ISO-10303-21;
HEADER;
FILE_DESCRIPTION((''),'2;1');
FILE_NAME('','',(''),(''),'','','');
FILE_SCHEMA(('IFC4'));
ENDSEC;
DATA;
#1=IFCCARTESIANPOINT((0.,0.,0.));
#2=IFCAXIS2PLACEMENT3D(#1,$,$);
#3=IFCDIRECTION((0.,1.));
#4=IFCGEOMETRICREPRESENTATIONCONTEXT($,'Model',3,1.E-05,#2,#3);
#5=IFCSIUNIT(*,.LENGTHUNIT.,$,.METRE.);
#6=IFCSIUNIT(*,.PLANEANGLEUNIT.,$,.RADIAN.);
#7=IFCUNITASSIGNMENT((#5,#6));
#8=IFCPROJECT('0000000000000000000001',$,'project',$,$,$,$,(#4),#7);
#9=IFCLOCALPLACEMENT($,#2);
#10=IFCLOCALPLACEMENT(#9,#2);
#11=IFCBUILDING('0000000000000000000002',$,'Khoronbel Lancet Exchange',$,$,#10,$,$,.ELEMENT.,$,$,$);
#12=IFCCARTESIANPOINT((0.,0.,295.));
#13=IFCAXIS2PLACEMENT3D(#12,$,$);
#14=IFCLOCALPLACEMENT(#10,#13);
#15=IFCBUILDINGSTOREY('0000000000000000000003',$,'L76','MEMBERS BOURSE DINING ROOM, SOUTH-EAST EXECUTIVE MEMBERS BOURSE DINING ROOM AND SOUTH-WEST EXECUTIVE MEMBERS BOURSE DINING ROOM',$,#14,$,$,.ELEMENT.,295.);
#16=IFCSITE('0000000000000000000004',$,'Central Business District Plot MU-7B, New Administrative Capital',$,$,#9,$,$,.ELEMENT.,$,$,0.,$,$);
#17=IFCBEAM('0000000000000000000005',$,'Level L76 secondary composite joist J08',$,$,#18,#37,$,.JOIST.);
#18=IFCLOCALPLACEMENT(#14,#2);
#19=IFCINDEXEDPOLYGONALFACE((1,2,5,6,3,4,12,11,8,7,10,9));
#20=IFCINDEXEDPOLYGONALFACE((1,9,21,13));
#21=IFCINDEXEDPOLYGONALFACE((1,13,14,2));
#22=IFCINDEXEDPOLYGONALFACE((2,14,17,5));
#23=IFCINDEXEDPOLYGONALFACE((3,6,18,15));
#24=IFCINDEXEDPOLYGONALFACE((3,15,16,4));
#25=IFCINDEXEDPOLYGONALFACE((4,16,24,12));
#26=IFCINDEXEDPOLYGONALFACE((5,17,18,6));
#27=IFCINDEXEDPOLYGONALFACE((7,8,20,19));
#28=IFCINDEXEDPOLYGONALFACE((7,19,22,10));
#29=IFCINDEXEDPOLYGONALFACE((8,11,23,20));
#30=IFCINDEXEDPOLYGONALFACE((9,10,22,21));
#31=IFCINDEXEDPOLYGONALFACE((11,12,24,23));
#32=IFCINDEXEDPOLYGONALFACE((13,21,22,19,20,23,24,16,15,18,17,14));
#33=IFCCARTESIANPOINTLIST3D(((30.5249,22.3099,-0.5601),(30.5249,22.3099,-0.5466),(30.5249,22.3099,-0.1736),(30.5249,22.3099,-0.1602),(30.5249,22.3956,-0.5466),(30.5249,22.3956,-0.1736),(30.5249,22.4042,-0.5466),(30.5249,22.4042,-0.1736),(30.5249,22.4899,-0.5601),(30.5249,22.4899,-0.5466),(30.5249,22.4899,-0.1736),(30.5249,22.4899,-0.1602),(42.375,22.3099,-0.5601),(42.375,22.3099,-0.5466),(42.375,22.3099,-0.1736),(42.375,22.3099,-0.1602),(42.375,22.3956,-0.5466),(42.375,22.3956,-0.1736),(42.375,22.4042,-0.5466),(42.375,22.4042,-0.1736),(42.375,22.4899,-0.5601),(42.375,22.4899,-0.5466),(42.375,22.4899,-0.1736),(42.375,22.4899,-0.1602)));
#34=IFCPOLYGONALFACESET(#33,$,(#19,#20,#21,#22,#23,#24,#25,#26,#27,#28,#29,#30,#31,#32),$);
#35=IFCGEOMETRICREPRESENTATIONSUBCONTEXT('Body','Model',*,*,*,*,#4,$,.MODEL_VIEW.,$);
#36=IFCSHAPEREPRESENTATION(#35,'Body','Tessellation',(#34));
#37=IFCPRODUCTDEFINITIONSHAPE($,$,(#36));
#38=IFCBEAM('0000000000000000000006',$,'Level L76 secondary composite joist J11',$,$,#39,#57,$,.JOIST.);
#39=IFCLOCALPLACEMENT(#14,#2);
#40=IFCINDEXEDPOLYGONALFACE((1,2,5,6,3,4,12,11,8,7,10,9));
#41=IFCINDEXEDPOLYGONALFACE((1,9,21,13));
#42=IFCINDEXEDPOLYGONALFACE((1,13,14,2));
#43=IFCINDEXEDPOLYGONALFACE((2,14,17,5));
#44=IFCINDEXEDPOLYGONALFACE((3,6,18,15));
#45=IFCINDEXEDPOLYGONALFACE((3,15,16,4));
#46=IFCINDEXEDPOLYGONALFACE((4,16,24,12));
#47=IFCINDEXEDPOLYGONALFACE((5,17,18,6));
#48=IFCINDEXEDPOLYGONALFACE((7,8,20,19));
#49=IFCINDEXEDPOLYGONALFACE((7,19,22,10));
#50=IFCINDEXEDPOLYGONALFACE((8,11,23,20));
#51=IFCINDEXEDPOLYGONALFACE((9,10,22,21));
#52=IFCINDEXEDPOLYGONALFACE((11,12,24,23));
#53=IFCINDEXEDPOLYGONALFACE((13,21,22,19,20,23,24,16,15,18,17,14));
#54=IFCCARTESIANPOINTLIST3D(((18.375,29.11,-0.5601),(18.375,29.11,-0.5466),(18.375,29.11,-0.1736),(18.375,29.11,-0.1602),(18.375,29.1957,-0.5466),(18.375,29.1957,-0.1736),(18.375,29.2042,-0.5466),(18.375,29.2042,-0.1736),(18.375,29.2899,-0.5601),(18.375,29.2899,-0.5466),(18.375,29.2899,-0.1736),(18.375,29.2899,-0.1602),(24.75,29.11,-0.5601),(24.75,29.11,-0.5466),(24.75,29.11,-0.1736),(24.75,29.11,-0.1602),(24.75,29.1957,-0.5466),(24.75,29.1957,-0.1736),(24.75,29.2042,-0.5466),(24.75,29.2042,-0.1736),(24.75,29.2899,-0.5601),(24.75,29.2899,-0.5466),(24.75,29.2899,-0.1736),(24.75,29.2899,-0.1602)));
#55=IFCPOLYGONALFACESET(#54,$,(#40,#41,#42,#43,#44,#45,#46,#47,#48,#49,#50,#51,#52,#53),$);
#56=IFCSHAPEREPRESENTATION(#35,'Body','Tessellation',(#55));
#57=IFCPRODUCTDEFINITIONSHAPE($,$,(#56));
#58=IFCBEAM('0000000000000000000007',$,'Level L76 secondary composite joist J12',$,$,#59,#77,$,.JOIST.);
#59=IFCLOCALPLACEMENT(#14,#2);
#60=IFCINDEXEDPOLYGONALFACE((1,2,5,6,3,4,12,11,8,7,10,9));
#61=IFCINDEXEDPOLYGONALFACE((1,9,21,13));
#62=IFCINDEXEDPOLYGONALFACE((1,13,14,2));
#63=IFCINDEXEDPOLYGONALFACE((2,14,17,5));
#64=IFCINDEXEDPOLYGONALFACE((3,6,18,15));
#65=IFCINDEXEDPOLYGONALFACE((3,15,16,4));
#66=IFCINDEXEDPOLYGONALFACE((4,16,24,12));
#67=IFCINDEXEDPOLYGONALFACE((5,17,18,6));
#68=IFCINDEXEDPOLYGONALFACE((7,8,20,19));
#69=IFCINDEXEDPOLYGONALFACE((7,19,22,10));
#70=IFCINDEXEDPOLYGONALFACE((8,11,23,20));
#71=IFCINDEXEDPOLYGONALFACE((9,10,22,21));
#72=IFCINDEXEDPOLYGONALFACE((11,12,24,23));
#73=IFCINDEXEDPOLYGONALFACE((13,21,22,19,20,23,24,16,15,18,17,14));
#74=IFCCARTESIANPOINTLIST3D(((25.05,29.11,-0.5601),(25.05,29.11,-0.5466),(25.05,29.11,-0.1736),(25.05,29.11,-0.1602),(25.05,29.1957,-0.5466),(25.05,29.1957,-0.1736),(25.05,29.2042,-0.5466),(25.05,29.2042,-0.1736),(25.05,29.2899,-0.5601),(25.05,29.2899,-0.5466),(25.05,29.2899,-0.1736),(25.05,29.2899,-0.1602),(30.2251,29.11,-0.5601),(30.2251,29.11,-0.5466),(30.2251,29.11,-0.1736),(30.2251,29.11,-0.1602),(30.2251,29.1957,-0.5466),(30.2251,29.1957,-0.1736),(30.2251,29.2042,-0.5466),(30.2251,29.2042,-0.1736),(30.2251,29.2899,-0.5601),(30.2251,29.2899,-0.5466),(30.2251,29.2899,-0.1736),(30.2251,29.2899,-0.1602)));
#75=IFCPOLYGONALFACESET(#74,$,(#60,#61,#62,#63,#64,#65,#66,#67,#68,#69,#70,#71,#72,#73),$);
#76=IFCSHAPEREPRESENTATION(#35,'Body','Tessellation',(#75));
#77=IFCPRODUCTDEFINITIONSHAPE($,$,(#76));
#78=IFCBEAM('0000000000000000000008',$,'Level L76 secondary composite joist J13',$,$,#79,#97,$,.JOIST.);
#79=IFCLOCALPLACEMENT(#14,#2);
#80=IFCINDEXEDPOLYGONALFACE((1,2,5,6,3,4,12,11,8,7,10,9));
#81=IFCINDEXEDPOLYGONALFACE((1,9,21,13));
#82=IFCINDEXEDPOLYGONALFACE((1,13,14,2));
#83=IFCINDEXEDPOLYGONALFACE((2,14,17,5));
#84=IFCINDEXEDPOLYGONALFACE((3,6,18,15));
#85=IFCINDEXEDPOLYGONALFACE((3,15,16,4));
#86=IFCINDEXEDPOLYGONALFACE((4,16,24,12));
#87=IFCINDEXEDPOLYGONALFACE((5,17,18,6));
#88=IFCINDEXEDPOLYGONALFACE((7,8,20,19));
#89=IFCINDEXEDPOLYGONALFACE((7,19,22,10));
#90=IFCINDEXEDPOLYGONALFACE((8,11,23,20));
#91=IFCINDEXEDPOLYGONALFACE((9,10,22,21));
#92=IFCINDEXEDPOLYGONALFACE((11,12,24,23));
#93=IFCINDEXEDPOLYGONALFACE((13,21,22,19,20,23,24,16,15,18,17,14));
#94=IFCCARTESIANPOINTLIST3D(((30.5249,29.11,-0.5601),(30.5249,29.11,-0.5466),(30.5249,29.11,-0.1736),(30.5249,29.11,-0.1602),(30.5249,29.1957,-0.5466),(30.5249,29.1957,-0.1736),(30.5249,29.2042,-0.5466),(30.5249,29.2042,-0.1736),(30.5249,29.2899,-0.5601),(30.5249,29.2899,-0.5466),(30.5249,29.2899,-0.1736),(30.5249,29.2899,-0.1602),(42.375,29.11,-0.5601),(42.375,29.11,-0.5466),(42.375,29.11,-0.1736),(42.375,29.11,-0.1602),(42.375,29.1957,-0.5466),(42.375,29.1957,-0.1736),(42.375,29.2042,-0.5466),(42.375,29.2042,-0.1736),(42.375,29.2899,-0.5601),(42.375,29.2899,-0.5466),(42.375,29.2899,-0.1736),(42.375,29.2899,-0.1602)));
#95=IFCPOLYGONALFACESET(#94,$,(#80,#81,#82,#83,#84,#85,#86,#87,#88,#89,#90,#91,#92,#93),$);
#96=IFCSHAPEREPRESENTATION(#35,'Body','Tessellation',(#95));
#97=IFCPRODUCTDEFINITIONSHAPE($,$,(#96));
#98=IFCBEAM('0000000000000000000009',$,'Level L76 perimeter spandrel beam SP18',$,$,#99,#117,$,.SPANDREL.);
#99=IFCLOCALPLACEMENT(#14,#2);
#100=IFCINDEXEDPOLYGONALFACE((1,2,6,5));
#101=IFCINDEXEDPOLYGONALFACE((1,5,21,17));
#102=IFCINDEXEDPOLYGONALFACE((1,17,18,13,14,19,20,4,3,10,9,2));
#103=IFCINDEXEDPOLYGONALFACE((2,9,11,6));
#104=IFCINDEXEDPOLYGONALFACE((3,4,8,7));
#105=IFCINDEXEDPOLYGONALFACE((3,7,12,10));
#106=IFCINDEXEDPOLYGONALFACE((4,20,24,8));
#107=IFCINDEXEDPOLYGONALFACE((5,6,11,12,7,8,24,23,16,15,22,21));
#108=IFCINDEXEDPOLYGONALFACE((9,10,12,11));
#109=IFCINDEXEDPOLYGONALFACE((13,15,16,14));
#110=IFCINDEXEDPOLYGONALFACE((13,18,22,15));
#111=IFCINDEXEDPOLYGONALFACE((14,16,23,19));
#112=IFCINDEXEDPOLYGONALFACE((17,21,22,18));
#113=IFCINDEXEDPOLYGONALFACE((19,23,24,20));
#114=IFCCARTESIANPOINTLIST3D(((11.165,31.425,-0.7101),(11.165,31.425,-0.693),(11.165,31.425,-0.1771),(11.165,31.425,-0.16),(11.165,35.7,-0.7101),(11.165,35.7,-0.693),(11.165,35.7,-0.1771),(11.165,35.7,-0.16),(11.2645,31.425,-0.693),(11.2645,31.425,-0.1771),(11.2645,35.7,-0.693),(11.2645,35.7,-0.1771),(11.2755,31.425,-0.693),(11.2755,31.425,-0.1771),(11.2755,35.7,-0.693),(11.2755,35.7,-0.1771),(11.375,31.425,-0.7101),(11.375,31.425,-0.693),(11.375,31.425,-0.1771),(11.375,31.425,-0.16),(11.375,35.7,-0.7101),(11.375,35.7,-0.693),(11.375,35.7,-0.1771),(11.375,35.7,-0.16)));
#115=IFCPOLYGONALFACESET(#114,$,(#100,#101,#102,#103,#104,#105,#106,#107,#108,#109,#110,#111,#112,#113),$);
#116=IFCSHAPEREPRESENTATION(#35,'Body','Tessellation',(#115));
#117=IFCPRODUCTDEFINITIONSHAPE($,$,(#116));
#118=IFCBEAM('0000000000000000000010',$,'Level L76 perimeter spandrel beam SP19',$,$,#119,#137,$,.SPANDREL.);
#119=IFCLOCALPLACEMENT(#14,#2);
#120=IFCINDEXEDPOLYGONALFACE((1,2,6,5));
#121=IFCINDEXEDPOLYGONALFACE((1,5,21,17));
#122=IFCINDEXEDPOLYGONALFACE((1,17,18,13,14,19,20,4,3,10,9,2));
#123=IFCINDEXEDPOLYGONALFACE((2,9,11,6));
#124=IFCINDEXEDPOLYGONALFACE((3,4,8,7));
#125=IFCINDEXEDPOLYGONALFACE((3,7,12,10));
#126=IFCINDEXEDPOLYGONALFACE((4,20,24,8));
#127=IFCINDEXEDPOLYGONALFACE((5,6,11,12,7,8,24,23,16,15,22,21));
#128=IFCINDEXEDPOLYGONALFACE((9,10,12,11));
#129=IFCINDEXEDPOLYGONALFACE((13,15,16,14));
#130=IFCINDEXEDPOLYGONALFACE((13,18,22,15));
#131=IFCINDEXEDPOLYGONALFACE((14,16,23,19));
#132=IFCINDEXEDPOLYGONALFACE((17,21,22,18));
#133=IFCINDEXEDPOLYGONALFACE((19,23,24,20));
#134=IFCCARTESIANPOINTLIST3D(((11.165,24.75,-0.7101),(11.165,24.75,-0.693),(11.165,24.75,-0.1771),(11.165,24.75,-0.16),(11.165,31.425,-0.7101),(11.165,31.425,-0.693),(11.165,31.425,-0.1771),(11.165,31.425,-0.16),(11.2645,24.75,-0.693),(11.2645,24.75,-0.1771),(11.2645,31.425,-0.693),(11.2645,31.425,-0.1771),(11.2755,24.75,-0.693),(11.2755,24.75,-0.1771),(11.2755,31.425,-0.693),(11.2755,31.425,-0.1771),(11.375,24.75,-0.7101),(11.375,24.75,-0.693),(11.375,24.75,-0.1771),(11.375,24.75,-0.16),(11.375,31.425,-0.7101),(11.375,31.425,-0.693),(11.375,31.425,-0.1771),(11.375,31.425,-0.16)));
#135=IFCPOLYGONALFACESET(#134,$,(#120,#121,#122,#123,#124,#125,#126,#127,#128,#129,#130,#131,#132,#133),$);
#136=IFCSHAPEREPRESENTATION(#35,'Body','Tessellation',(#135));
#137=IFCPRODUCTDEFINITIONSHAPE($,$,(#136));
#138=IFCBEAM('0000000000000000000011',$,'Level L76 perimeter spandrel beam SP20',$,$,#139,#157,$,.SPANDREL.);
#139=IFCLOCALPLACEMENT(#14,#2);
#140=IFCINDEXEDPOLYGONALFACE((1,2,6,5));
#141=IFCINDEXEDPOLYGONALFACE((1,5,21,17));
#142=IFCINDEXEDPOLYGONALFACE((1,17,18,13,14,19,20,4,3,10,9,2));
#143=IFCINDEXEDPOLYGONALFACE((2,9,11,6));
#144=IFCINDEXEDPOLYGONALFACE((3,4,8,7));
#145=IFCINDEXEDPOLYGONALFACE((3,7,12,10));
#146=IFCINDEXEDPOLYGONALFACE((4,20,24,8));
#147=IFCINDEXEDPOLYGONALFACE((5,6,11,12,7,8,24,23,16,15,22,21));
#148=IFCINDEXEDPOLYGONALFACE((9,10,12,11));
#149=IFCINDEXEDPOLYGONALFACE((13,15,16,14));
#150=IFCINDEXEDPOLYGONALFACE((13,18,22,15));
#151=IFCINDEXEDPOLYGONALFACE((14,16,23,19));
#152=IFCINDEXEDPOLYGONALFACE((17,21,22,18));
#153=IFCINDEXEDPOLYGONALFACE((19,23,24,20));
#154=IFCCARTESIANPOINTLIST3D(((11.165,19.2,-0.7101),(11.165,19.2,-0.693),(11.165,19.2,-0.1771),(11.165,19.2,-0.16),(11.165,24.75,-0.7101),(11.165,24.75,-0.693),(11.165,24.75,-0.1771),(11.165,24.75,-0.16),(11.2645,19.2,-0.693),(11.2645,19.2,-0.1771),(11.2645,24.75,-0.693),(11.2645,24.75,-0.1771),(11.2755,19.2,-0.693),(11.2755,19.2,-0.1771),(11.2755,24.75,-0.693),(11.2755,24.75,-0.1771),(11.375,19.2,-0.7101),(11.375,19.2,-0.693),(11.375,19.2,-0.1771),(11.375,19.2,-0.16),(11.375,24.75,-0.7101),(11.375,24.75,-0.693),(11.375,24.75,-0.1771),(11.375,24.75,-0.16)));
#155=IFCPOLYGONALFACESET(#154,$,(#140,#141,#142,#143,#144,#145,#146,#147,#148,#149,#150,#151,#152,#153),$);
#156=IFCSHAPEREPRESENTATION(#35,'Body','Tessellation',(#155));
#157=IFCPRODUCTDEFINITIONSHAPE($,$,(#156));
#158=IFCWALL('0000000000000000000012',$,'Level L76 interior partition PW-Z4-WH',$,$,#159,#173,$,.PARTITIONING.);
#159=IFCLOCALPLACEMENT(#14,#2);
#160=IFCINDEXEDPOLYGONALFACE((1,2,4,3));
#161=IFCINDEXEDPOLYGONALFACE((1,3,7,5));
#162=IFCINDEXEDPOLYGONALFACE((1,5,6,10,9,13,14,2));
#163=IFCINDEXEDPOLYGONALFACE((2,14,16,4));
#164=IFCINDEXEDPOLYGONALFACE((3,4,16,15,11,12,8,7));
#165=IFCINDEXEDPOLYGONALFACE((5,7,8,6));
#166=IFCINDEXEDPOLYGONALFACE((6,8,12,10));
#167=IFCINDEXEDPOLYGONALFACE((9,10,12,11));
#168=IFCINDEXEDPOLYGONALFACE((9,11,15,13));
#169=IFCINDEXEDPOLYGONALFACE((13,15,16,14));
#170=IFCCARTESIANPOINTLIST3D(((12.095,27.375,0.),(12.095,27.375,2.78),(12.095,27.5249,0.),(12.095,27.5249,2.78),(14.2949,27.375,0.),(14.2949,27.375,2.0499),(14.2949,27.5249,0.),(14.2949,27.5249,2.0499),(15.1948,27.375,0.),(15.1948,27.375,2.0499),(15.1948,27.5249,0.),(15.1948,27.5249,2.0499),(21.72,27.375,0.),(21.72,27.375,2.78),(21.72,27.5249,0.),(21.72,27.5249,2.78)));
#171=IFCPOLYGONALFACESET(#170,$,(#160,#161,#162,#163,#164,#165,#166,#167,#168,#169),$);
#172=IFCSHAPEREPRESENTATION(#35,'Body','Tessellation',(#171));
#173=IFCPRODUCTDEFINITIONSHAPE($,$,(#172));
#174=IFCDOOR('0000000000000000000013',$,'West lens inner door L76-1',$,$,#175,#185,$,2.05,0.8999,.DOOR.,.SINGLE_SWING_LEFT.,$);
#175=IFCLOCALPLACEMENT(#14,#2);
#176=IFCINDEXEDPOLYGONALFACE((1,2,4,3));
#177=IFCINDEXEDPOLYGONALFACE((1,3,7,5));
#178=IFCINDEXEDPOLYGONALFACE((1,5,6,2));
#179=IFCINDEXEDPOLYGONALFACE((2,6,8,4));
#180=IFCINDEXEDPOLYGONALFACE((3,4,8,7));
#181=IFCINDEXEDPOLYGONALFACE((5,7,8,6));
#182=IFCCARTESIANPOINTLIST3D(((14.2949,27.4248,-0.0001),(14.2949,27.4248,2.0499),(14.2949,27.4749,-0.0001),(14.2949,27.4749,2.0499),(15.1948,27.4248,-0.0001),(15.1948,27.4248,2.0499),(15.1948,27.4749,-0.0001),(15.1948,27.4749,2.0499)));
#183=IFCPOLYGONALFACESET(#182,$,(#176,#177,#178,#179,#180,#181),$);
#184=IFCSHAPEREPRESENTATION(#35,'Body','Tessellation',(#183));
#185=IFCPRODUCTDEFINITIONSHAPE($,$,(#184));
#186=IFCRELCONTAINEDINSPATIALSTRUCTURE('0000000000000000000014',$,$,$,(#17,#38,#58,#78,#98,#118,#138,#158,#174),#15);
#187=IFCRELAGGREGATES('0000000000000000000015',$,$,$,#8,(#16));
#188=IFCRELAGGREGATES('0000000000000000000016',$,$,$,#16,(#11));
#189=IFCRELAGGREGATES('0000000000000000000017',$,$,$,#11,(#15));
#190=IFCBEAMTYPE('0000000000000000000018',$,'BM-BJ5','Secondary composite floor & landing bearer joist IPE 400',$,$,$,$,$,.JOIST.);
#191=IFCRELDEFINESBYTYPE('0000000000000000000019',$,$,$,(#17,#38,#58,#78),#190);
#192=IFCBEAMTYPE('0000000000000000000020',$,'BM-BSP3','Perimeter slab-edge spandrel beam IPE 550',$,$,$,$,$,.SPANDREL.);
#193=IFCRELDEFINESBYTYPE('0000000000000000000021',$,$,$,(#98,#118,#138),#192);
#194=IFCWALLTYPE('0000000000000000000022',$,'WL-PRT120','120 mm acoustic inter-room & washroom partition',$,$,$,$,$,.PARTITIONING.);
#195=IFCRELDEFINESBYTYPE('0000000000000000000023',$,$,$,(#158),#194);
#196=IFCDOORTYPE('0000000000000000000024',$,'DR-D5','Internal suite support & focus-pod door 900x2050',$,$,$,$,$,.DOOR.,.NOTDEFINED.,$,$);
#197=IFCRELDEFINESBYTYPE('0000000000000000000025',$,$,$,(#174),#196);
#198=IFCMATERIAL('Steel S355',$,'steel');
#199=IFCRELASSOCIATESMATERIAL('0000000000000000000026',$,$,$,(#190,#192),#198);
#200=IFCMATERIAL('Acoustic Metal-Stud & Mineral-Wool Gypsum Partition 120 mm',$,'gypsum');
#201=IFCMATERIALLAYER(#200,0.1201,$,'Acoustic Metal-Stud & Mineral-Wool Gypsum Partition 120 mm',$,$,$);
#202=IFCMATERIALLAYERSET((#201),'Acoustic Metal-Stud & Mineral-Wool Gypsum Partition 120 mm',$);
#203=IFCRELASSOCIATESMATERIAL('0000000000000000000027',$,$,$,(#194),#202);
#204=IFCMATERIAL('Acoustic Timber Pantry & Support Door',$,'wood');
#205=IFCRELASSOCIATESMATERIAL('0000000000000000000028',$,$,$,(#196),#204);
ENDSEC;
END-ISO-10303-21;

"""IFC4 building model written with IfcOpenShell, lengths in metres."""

from ifc_helpers import new_model, si_unit, direction, frame, frame_2d, origin, origin_2d, place, context, subcontext, project, spatial, rectangle, i_section, extrude, material, layer, layer_set, material_profile, profile_set, type_object, element, fill, save


model = new_model("IFC4")

# Units and contexts
model_context = context("Model", 3, precision=1e-05, world=origin(), true_north=direction((0.0, 1.0)))
body_context = subcontext(model_context, "Body", "Model", "MODEL_VIEW")
ifc_project = project(units=[si_unit("LENGTHUNIT", "METRE"), si_unit("PLANEANGLEUNIT", "RADIAN")], contexts=[model_context])

# Site, building, storey
site_placement = place(None, origin())
site = spatial("IfcSite", under=ifc_project, at=site_placement, Name="Central Business District Plot MU-7B, New Administrative Capital", CompositionType="ELEMENT", RefElevation=0.0)
building_placement = place(site_placement, origin())
building = spatial("IfcBuilding", under=site, at=building_placement, Name="Khoronbel Lancet Exchange", CompositionType="ELEMENT")
storey_placement = place(building_placement, frame((0.0, 0.0, 295.0)))
storey = spatial("IfcBuildingStorey", under=building, at=storey_placement, Name="L76", Description="MEMBERS BOURSE DINING ROOM, SOUTH-EAST EXECUTIVE MEMBERS BOURSE DINING ROOM AND SOUTH-WEST EXECUTIVE MEMBERS BOURSE DINING ROOM", CompositionType="ELEMENT", Elevation=295.0)

# Shared definitions
ifc_material_1 = material(Name="Steel S355", Category="steel")

# Beams
ifc_material_profile_1 = material_profile(ifc_material_1, i_section(OverallWidth=0.1799, OverallDepth=0.3999, WebThickness=0.0085, FlangeThickness=0.0134, at=origin_2d()), Name="IPE 400")
ifc_profile_set_1 = profile_set([ifc_material_profile_1], Name="Steel S355")
beam_type_1 = type_object("IfcBeamType", Name="BM-BJ5", Description="Secondary composite floor & landing bearer joist IPE 400", PredefinedType="JOIST", material=ifc_profile_set_1)
beam_1_placement = place(storey_placement, frame((30.5249, 22.3999, -0.3601), z_axis=(1.0, 0.0, 0.0), x_axis=(0.0, 1.0, 0.0)))
element("IfcBeam", 1, at=beam_1_placement, inside=storey, type_object=beam_type_1, Name="Level L76 secondary composite joist J08", PredefinedType="JOIST", context=body_context, shape_type="SweptSolid", body=[
    extrude(i_section(OverallWidth=0.1799, OverallDepth=0.3999, WebThickness=0.0085, FlangeThickness=0.0134, at=origin_2d()), origin(), (0.0, 0.0, 1.0), 11.8501),
])
beam_2_placement = place(storey_placement, frame((18.375, 29.2, -0.3601), z_axis=(1.0, 0.0, 0.0), x_axis=(0.0, 1.0, 0.0)))
element("IfcBeam", 2, at=beam_2_placement, inside=storey, type_object=beam_type_1, Name="Level L76 secondary composite joist J11", PredefinedType="JOIST", context=body_context, shape_type="SweptSolid", body=[
    extrude(i_section(OverallWidth=0.1799, OverallDepth=0.3999, WebThickness=0.0085, FlangeThickness=0.0134, at=origin_2d()), origin(), (0.0, 0.0, 1.0), 6.375),
])
beam_3_placement = place(storey_placement, frame((25.05, 29.2, -0.3601), z_axis=(1.0, 0.0, 0.0), x_axis=(0.0, 1.0, 0.0)))
element("IfcBeam", 3, at=beam_3_placement, inside=storey, type_object=beam_type_1, Name="Level L76 secondary composite joist J12", PredefinedType="JOIST", context=body_context, shape_type="SweptSolid", body=[
    extrude(i_section(OverallWidth=0.1799, OverallDepth=0.3999, WebThickness=0.0085, FlangeThickness=0.0134, at=origin_2d()), origin(), (0.0, 0.0, 1.0), 5.175),
])
beam_4_placement = place(storey_placement, frame((30.5249, 29.2, -0.3601), z_axis=(1.0, 0.0, 0.0), x_axis=(0.0, 1.0, 0.0)))
element("IfcBeam", 4, at=beam_4_placement, inside=storey, type_object=beam_type_1, Name="Level L76 secondary composite joist J13", PredefinedType="JOIST", context=body_context, shape_type="SweptSolid", body=[
    extrude(i_section(OverallWidth=0.1799, OverallDepth=0.3999, WebThickness=0.0085, FlangeThickness=0.0134, at=origin_2d()), origin(), (0.0, 0.0, 1.0), 11.8501),
])
ifc_material_profile_2 = material_profile(ifc_material_1, i_section(OverallWidth=0.21, OverallDepth=0.55, WebThickness=0.011, FlangeThickness=0.0171, at=origin_2d()), Name="IPE 550")
ifc_profile_set_2 = profile_set([ifc_material_profile_2], Name="Steel S355")
beam_type_2 = type_object("IfcBeamType", Name="BM-BSP3", Description="Perimeter slab-edge spandrel beam IPE 550", PredefinedType="SPANDREL", material=ifc_profile_set_2)
beam_5_placement = place(storey_placement, frame((11.27, 35.7, -0.4351), z_axis=(0.0, -1.0, 0.0), x_axis=(1.0, 0.0, 0.0)))
element("IfcBeam", 5, at=beam_5_placement, inside=storey, type_object=beam_type_2, Name="Level L76 perimeter spandrel beam SP18", PredefinedType="SPANDREL", context=body_context, shape_type="SweptSolid", body=[
    extrude(i_section(OverallWidth=0.21, OverallDepth=0.55, WebThickness=0.011, FlangeThickness=0.0171, at=origin_2d()), origin(), (0.0, 0.0, 1.0), 4.2749),
])
beam_6_placement = place(storey_placement, frame((11.27, 31.425, -0.4351), z_axis=(0.0, -1.0, 0.0), x_axis=(1.0, 0.0, 0.0)))
element("IfcBeam", 6, at=beam_6_placement, inside=storey, type_object=beam_type_2, Name="Level L76 perimeter spandrel beam SP19", PredefinedType="SPANDREL", context=body_context, shape_type="SweptSolid", body=[
    extrude(i_section(OverallWidth=0.21, OverallDepth=0.55, WebThickness=0.011, FlangeThickness=0.0171, at=origin_2d()), origin(), (0.0, 0.0, 1.0), 6.675),
])
beam_7_placement = place(storey_placement, frame((11.27, 24.75, -0.4351), z_axis=(0.0, -1.0, 0.0), x_axis=(1.0, 0.0, 0.0)))
element("IfcBeam", 7, at=beam_7_placement, inside=storey, type_object=beam_type_2, Name="Level L76 perimeter spandrel beam SP20", PredefinedType="SPANDREL", context=body_context, shape_type="SweptSolid", body=[
    extrude(i_section(OverallWidth=0.21, OverallDepth=0.55, WebThickness=0.011, FlangeThickness=0.0171, at=origin_2d()), origin(), (0.0, 0.0, 1.0), 5.55),
])

# Wall, opening, door
ifc_material_2 = material(Name="Acoustic Metal-Stud & Mineral-Wool Gypsum Partition 120 mm", Category="gypsum")
ifc_layer_1 = layer(ifc_material_2, 0.1201, Name="Acoustic Metal-Stud & Mineral-Wool Gypsum Partition 120 mm")
ifc_layer_set_1 = layer_set([ifc_layer_1], Name="Acoustic Metal-Stud & Mineral-Wool Gypsum Partition 120 mm")
wall_type_1 = type_object("IfcWallType", Name="WL-PRT120", Description="120 mm acoustic inter-room & washroom partition", PredefinedType="PARTITIONING", material=ifc_layer_set_1)
wall_1_placement = place(storey_placement, frame((12.095, 27.45, 0.0), z_axis=(0.0, 0.0, 1.0), x_axis=(1.0, 0.0, 0.0)))
wall_1 = element("IfcWall", 8, at=wall_1_placement, inside=storey, type_object=wall_type_1, Name="Level L76 interior partition PW-Z4-WH", PredefinedType="PARTITIONING", context=body_context, shape_type="SweptSolid", body=[
    extrude(rectangle(XDim=9.625, YDim=0.1499, at=frame_2d((4.8125, 0.0))), origin(), (0.0, 0.0, 1.0), 2.78),
])
opening_1_placement = place(wall_1_placement, frame((2.2, 0.0, 0.0)))
opening_1 = element("IfcOpeningElement", 9, at=opening_1_placement, cuts=wall_1, PredefinedType="OPENING", context=body_context, shape_type="SweptSolid", body=[
    extrude(rectangle(XDim=0.8999, YDim=2.05, at=frame_2d((0.45, 1.0249))), frame((0.0, 0.085, 0.0), z_axis=(0.0, -1.0, 0.0), x_axis=(1.0, 0.0, 0.0)), (0.0, 0.0, 1.0), 0.1699),
])
ifc_material_3 = material(Name="Acoustic Timber Pantry & Support Door", Category="wood")
door_type_1 = type_object("IfcDoorType", Name="DR-D5", Description="Internal suite support & focus-pod door 900x2050", OperationType="NOTDEFINED", PredefinedType="DOOR", material=ifc_material_3)
door_1_placement = place(opening_1_placement, origin())
door_1 = element("IfcDoor", 10, at=door_1_placement, inside=storey, type_object=door_type_1, Name="West lens inner door L76-1", OperationType="SINGLE_SWING_LEFT", OverallHeight=2.05, OverallWidth=0.8999, PredefinedType="DOOR", context=body_context, shape_type="SweptSolid", body=[
    extrude(rectangle(XDim=0.8999, YDim=2.05, at=frame_2d((0.45, 1.0249))), frame((0.0, 0.0249, 0.0), z_axis=(0.0, -1.0, 0.0), x_axis=(1.0, 0.0, 0.0)), (0.0, 0.0, 1.0), 0.05),
])
fill(opening_1, door_1)

save(model, "model.ifc")
